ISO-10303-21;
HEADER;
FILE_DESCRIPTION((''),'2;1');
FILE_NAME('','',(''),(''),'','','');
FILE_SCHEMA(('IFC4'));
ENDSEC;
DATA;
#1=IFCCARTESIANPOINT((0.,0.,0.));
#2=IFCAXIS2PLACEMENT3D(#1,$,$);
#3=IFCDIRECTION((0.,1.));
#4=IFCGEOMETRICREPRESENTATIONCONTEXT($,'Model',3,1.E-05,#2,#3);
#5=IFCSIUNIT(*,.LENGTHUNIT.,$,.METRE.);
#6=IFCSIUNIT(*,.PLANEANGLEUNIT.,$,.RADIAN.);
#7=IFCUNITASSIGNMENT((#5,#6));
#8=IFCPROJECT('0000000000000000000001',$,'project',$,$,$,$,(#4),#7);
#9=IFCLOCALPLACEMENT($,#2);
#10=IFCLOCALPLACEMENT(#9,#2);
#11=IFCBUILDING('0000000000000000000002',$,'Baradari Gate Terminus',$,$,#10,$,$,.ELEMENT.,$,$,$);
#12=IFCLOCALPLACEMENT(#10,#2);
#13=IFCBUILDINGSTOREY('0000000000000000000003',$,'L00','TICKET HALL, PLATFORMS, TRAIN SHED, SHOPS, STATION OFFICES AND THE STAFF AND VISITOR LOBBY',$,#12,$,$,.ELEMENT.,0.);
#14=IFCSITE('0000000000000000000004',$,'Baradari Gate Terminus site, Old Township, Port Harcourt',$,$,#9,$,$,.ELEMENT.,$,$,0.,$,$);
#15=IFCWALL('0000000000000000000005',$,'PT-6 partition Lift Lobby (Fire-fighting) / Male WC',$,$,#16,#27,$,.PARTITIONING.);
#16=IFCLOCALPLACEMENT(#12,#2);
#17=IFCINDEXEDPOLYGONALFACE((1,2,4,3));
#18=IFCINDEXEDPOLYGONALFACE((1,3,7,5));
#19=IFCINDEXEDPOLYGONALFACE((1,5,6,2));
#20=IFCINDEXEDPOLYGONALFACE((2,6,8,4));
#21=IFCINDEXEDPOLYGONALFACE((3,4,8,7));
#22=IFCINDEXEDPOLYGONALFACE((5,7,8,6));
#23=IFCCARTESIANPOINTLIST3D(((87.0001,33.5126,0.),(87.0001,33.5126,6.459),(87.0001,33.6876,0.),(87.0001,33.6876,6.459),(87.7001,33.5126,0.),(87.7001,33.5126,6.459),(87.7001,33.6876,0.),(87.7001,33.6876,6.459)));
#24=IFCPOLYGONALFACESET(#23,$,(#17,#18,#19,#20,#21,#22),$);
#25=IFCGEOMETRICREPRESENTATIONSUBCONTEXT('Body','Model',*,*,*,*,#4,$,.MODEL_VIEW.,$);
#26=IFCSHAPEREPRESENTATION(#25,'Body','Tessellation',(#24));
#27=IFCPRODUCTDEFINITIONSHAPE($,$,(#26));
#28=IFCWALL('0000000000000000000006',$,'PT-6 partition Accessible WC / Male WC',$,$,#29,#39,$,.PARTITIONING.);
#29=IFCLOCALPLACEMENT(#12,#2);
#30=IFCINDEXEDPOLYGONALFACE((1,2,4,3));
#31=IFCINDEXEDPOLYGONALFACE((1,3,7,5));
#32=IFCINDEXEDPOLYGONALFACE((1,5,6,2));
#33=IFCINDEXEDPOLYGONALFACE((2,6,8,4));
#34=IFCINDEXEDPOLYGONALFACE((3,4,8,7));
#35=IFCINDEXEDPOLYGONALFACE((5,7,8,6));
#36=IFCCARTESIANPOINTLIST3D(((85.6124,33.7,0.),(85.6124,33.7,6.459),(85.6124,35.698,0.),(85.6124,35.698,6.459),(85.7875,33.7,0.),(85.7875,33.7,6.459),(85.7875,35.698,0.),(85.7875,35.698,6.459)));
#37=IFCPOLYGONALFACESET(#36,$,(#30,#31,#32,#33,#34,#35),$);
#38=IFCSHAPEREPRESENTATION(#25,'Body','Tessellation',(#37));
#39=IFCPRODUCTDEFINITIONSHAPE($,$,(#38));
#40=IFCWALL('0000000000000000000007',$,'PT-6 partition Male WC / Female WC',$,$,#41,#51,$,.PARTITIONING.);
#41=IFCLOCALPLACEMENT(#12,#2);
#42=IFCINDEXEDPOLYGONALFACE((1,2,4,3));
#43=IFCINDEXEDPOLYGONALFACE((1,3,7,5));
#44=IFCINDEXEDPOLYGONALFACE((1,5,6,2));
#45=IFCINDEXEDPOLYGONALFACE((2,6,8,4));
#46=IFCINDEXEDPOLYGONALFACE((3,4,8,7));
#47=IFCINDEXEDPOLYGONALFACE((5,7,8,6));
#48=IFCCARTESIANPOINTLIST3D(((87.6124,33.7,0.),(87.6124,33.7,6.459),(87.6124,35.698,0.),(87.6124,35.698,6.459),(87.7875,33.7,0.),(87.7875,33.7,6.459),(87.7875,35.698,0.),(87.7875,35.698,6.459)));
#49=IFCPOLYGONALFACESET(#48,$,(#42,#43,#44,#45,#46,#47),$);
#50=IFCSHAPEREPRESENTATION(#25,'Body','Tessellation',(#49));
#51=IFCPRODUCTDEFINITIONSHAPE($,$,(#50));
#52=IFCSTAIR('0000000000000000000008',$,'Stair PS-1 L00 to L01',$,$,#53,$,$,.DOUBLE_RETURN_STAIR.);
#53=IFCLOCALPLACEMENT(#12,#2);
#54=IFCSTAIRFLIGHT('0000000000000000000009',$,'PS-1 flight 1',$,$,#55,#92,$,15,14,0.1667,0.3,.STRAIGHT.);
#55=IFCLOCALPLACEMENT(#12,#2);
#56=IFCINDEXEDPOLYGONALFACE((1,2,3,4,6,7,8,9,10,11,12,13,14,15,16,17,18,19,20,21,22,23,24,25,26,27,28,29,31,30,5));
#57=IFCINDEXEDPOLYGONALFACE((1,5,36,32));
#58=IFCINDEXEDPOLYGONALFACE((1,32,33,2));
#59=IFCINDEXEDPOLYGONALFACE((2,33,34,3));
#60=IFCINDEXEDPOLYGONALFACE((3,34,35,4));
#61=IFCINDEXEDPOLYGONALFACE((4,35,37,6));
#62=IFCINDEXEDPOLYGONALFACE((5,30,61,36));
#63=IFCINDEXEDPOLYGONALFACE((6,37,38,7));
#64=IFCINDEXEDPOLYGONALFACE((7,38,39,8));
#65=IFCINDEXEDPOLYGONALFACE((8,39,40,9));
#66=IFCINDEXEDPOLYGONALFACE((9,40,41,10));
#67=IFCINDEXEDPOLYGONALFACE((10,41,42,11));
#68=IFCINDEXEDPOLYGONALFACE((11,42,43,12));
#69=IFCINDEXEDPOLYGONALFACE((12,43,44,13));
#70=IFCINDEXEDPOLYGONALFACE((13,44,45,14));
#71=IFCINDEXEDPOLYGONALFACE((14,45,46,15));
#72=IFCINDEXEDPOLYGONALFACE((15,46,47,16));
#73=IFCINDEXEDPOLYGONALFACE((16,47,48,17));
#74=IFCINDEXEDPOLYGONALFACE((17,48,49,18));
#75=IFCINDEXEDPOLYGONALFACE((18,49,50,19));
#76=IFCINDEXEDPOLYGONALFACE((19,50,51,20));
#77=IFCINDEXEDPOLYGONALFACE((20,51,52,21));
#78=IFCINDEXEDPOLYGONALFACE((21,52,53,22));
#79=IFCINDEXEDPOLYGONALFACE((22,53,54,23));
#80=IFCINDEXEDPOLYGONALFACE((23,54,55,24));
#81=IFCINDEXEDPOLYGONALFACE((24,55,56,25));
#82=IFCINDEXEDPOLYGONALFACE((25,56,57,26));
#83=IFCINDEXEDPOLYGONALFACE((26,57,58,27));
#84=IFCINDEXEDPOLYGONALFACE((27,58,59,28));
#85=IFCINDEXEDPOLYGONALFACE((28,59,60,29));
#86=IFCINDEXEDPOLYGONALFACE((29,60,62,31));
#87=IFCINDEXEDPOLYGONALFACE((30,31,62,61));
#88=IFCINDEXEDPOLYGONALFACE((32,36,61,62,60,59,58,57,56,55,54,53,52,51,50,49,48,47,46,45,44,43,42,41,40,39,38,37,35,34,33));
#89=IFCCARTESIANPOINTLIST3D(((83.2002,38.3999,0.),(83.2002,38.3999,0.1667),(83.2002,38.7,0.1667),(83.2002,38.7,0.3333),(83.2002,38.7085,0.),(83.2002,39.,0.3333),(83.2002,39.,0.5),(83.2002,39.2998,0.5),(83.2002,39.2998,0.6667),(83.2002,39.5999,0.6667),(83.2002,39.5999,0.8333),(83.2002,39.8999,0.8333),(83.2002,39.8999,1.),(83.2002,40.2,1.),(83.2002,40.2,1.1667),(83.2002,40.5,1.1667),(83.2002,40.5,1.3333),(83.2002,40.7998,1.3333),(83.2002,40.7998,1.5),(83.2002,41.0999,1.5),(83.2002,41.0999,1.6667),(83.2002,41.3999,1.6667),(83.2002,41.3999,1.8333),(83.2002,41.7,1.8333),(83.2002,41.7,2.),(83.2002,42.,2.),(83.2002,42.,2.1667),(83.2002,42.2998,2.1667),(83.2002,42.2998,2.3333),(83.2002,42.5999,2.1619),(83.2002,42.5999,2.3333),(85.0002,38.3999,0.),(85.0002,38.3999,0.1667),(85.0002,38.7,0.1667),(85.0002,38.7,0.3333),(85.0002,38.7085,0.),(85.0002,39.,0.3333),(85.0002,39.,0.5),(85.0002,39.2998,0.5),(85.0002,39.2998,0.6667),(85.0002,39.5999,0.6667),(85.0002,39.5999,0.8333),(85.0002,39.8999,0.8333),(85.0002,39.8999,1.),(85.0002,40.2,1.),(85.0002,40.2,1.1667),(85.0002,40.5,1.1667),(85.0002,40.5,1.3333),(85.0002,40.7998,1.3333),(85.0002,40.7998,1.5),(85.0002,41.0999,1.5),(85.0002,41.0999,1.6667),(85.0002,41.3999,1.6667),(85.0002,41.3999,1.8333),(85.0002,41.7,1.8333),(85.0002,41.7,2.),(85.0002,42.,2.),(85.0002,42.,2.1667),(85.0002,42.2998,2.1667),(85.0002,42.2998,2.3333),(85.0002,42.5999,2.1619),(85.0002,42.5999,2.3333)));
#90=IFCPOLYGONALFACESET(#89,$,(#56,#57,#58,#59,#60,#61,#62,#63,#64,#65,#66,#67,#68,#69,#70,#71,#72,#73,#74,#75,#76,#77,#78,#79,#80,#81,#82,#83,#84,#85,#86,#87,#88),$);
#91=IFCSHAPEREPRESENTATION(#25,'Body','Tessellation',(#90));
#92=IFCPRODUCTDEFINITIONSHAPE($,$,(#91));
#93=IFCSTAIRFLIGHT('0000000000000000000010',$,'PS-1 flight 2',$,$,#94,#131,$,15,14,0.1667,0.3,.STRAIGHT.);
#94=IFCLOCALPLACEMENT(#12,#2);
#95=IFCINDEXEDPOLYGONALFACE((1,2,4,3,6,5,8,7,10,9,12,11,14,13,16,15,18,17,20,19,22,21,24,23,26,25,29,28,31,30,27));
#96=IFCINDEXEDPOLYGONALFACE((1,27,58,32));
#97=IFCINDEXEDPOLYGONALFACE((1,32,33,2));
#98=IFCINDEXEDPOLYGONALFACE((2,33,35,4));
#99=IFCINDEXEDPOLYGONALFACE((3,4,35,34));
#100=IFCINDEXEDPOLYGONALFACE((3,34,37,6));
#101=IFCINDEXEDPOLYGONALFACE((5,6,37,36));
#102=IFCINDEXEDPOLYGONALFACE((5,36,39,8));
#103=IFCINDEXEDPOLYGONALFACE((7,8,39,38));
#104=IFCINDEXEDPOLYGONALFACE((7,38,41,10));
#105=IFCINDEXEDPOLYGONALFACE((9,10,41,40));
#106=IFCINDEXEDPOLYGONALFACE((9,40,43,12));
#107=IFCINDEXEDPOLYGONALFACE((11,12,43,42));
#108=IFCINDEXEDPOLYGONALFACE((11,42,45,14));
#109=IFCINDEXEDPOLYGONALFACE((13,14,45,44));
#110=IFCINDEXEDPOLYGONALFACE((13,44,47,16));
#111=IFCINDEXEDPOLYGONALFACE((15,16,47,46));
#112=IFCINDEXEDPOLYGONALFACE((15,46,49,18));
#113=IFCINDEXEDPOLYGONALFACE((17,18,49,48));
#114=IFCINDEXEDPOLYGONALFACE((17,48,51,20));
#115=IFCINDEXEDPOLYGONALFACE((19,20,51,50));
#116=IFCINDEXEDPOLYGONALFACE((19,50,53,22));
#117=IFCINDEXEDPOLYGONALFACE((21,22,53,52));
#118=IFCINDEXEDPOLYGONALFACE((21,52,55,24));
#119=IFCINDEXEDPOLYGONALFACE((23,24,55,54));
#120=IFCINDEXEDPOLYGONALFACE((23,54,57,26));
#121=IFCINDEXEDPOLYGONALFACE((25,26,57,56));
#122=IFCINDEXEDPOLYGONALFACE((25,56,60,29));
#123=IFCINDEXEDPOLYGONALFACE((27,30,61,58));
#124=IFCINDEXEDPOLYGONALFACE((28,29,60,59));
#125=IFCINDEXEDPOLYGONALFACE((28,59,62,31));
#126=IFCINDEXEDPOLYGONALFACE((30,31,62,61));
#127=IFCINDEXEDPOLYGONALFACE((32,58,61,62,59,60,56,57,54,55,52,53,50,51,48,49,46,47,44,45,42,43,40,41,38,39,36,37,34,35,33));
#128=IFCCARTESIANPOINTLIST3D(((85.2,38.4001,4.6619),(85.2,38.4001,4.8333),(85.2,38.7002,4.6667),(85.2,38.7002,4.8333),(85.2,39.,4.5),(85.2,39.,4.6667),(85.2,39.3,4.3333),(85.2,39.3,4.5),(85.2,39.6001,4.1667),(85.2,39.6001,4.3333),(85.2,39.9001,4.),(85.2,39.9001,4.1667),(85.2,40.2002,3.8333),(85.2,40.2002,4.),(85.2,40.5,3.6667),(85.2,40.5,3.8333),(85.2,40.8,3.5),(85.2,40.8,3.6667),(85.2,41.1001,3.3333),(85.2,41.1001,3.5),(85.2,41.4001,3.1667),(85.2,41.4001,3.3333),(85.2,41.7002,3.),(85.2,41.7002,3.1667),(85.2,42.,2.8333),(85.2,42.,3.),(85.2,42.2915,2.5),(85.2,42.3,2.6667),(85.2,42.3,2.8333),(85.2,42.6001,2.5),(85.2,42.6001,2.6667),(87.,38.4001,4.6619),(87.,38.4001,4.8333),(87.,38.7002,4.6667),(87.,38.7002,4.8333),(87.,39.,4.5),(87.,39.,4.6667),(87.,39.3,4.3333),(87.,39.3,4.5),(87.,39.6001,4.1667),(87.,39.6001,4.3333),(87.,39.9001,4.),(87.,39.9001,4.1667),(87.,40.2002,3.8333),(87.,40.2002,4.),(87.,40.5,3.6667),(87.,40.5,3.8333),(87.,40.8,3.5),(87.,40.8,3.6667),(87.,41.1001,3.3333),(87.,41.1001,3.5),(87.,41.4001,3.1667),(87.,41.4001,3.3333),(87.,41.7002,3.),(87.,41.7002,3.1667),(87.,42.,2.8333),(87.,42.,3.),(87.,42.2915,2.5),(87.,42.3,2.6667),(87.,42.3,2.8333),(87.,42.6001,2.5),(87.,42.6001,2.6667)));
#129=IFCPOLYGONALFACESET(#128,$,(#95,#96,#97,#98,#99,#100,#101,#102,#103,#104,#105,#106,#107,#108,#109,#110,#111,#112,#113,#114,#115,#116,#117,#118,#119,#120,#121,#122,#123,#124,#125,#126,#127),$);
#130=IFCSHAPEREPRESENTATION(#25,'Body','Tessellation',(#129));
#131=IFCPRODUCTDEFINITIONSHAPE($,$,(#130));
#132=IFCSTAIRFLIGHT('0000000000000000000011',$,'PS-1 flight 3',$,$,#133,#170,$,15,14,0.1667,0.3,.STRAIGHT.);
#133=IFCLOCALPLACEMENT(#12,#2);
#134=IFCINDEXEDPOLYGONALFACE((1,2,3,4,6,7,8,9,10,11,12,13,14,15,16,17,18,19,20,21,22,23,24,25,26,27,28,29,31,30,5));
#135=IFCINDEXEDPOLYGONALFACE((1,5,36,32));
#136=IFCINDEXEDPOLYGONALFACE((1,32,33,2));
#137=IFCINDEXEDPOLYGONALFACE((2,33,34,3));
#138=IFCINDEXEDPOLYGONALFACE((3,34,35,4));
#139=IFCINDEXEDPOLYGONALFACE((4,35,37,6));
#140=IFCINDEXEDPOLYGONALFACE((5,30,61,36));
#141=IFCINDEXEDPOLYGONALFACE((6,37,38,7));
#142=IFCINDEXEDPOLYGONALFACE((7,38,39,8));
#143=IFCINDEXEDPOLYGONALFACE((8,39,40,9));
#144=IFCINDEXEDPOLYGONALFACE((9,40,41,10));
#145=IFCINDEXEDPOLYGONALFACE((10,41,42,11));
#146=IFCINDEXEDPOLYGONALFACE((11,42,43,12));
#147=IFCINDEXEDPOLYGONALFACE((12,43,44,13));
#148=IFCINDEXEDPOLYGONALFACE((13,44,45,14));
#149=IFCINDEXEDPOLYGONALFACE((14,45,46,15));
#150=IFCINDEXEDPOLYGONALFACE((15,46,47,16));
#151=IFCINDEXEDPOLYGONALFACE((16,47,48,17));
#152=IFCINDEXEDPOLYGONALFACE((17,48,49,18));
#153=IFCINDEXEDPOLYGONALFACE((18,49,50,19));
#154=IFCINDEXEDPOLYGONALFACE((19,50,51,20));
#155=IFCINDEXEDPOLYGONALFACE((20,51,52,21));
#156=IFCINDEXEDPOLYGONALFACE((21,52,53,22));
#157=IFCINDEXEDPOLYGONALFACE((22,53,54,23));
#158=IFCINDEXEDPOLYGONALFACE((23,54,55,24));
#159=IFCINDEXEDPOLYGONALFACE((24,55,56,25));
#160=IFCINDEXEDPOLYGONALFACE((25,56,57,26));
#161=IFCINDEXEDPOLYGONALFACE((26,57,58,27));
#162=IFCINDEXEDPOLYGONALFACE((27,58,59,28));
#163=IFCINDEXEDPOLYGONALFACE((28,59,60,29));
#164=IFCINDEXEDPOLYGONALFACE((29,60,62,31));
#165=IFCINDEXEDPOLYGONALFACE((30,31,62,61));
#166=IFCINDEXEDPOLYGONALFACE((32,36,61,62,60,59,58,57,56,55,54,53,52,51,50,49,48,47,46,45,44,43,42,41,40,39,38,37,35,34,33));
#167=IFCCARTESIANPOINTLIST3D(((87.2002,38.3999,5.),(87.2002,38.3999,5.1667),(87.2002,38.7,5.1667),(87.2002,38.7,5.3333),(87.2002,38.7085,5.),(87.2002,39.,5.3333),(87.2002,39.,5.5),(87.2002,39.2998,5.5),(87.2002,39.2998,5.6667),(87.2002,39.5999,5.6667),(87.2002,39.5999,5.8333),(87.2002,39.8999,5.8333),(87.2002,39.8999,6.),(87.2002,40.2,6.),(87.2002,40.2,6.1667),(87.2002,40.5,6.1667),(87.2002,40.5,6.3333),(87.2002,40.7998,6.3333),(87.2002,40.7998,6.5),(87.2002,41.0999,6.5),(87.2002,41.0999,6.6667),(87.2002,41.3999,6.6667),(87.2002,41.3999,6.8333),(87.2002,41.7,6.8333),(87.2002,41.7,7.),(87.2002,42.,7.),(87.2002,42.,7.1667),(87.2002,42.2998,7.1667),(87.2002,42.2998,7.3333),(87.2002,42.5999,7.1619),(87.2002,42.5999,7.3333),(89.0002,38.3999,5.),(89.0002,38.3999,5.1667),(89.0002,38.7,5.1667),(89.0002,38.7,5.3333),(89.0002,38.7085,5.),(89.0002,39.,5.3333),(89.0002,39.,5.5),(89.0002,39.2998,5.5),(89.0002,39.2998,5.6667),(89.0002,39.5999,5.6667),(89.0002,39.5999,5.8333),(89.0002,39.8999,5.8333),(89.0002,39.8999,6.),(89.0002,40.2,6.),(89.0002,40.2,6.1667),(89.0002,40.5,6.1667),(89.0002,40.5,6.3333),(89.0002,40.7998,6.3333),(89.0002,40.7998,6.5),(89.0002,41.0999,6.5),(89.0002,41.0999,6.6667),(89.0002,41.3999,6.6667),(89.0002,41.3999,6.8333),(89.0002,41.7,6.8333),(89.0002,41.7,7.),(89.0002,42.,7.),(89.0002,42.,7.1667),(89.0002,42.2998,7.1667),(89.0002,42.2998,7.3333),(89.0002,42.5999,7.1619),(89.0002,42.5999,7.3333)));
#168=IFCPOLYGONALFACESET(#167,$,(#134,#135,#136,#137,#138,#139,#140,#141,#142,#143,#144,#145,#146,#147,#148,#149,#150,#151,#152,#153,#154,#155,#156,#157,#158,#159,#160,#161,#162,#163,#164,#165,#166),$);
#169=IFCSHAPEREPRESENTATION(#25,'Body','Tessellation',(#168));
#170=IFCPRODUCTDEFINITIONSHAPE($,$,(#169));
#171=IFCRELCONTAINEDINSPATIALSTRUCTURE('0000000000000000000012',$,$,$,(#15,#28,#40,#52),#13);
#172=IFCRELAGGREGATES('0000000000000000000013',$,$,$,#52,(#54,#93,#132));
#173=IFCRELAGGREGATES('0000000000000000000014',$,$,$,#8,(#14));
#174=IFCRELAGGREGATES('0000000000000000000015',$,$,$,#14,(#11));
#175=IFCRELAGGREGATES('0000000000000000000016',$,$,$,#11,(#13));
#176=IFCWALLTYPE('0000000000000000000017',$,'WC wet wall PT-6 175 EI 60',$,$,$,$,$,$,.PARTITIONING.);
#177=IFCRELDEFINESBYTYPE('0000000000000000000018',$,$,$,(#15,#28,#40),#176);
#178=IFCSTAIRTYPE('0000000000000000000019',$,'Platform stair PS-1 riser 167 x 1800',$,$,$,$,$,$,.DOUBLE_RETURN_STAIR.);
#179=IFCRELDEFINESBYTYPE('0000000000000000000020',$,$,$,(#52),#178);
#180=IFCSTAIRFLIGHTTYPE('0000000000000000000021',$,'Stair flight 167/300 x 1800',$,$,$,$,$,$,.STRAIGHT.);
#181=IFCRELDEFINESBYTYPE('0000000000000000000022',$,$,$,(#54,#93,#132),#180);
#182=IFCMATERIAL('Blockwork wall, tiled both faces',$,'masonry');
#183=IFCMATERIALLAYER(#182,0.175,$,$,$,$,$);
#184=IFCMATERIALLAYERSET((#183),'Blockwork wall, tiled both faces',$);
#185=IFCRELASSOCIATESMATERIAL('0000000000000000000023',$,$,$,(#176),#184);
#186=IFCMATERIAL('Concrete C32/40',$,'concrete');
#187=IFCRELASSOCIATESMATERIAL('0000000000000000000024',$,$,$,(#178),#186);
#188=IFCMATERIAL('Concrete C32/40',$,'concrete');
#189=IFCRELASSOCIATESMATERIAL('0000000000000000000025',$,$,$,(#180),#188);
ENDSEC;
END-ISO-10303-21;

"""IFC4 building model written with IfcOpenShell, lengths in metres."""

from ifc_helpers import new_model, si_unit, direction, frame, frame_2d, origin, place, context, subcontext, project, spatial, polyline, rectangle, outline, extrude, material, layer, layer_set, type_object, element, aggregate, save


model = new_model("IFC4")

# Units and contexts
model_context = context("Model", 3, precision=1e-05, world=origin(), true_north=direction((0.0, 1.0)))
body_context = subcontext(model_context, "Body", "Model", "MODEL_VIEW")
ifc_project = project(units=[si_unit("LENGTHUNIT", "METRE"), si_unit("PLANEANGLEUNIT", "RADIAN")], contexts=[model_context])

# Site, building, storey
site_placement = place(None, origin())
site = spatial("IfcSite", under=ifc_project, at=site_placement, Name="Baradari Gate Terminus site, Old Township, Port Harcourt", CompositionType="ELEMENT", RefElevation=0.0)
building_placement = place(site_placement, origin())
building = spatial("IfcBuilding", under=site, at=building_placement, Name="Baradari Gate Terminus", CompositionType="ELEMENT")
storey_placement = place(building_placement, origin())
storey = spatial("IfcBuildingStorey", under=building, at=storey_placement, Name="L00", Description="TICKET HALL, PLATFORMS, TRAIN SHED, SHOPS, STATION OFFICES AND THE STAFF AND VISITOR LOBBY", CompositionType="ELEMENT", Elevation=0.0)

# Shared definitions
ifc_material_1 = material(Name="Blockwork wall, tiled both faces", Category="masonry")
ifc_layer_1 = layer(ifc_material_1, 0.175)
ifc_layer_set_1 = layer_set([ifc_layer_1], Name="Blockwork wall, tiled both faces")
wall_type_1 = type_object("IfcWallType", Name="WC wet wall PT-6 175 EI 60", PredefinedType="PARTITIONING", material=ifc_layer_set_1)

# Walls
wall_1_placement = place(storey_placement, frame((87.0, 33.6001, 0.0), z_axis=(0.0, 0.0, 1.0), x_axis=(1.0, 0.0, 0.0)))
element("IfcWall", 1, at=wall_1_placement, inside=storey, type_object=wall_type_1, Name="PT-6 partition Lift Lobby (Fire-fighting) / Male WC", PredefinedType="PARTITIONING", context=body_context, shape_type="SweptSolid", body=[
    extrude(rectangle(XDim=0.7, YDim=0.175, at=frame_2d((0.3501, 0.0))), origin(), (0.0, 0.0, 1.0), 6.459),
])
for number, where, z_axis, x_axis, name in (
    (2, (85.7, 35.698, 0.0), (0.0, 0.0, 1.0), (0.0, -1.0, 0.0), "PT-6 partition Accessible WC / Male WC"),
    (3, (87.7, 35.698, 0.0), (0.0, 0.0, 1.0), (0.0, -1.0, 0.0), "PT-6 partition Male WC / Female WC"),
):
    element("IfcWall", number, at=place(storey_placement, frame(where, z_axis=z_axis, x_axis=x_axis)), inside=storey, type_object=wall_type_1, Name=name, PredefinedType="PARTITIONING", context=body_context, shape_type="SweptSolid", body=[
        extrude(rectangle(XDim=1.998, YDim=0.175, at=frame_2d((0.999, 0.0))), origin(), (0.0, 0.0, 1.0), 6.459),
    ])

# Stair, stair flights
ifc_material_2 = material(Name="Concrete C32/40", Category="concrete")
stair_type = type_object("IfcStairType", Name="Platform stair PS-1 riser 167 x 1800", PredefinedType="DOUBLE_RETURN_STAIR", material=ifc_material_2)
stair_placement = place(storey_placement, origin())
stair = element("IfcStair", 4, at=stair_placement, inside=storey, type_object=stair_type, Name="Stair PS-1 L00 to L01", PredefinedType="DOUBLE_RETURN_STAIR")
ifc_material_3 = material(Name="Concrete C32/40", Category="concrete")
stair_flight_type = type_object("IfcStairFlightType", Name="Stair flight 167/300 x 1800", PredefinedType="STRAIGHT", material=ifc_material_3)
stair_flight_1_placement = place(storey_placement, frame((84.1001, 38.3999, 0.0), z_axis=(0.0, 0.0, 1.0), x_axis=(0.0, 1.0, 0.0)))
stair_flight_1 = element("IfcStairFlight", 5, at=stair_flight_1_placement, type_object=stair_flight_type, Name="PS-1 flight 1", NumberOfRisers=15, NumberOfTreads=14, PredefinedType="STRAIGHT", RiserHeight=0.1667, TreadLength=0.3, context=body_context, shape_type="SweptSolid", body=[
    extrude(outline(polyline([(0.0, 0.0), (0.0, 0.1667), (0.3, 0.1667), (0.3, 0.3333), (0.6001, 0.3333), (0.6001, 0.5), (0.8999, 0.5), (0.8999, 0.6667), (1.2, 0.6667), (1.2, 0.8333), (1.5, 0.8333), (1.5, 1.0), (1.8, 1.0), (1.8, 1.1667), (2.1001, 1.1667), (2.1001, 1.3333), (2.3999, 1.3333), (2.3999, 1.5), (2.7, 1.5), (2.7, 1.6667), (3.0, 1.6667), (3.0, 1.8333), (3.3, 1.8333), (3.3, 2.0), (3.6001, 2.0), (3.6001, 2.1667), (3.8999, 2.1667), (3.8999, 2.3333), (4.2, 2.3333), (4.2, 2.5), (4.2, 2.1619), (0.3086, 0.0), (0.0, 0.0)])), frame((0.0, 0.8999, 0.0), z_axis=(0.0, -1.0, 0.0), x_axis=(1.0, 0.0, 0.0)), (0.0, 0.0, 1.0), 1.8),
])
stair_flight_2_placement = place(storey_placement, frame((86.1001, 42.6001, 2.5), z_axis=(0.0, 0.0, 1.0), x_axis=(0.0, -1.0, 0.0)))
stair_flight_2 = element("IfcStairFlight", 6, at=stair_flight_2_placement, type_object=stair_flight_type, Name="PS-1 flight 2", NumberOfRisers=15, NumberOfTreads=14, PredefinedType="STRAIGHT", RiserHeight=0.1667, TreadLength=0.3, context=body_context, shape_type="SweptSolid", body=[
    extrude(outline(polyline([(0.0, 0.0), (0.0, 0.1667), (0.3, 0.1667), (0.3, 0.3333), (0.6001, 0.3333), (0.6001, 0.5), (0.8999, 0.5), (0.8999, 0.6667), (1.2, 0.6667), (1.2, 0.8333), (1.5, 0.8333), (1.5, 1.0), (1.8, 1.0), (1.8, 1.1667), (2.1001, 1.1667), (2.1001, 1.3333), (2.3999, 1.3333), (2.3999, 1.5), (2.7, 1.5), (2.7, 1.6667), (3.0, 1.6667), (3.0, 1.8333), (3.3, 1.8333), (3.3, 2.0), (3.6001, 2.0), (3.6001, 2.1667), (3.8999, 2.1667), (3.8999, 2.3333), (4.2, 2.3333), (4.2, 2.5), (4.2, 2.1619), (0.3086, 0.0), (0.0, 0.0)])), frame((0.0, 0.8999, 0.0), z_axis=(0.0, -1.0, 0.0), x_axis=(1.0, 0.0, 0.0)), (0.0, 0.0, 1.0), 1.8),
])
stair_flight_3_placement = place(storey_placement, frame((88.1001, 38.3999, 5.0), z_axis=(0.0, 0.0, 1.0), x_axis=(0.0, 1.0, 0.0)))
stair_flight_3 = element("IfcStairFlight", 7, at=stair_flight_3_placement, type_object=stair_flight_type, Name="PS-1 flight 3", NumberOfRisers=15, NumberOfTreads=14, PredefinedType="STRAIGHT", RiserHeight=0.1667, TreadLength=0.3, context=body_context, shape_type="SweptSolid", body=[
    extrude(outline(polyline([(0.0, 0.0), (0.0, 0.1667), (0.3, 0.1667), (0.3, 0.3333), (0.6001, 0.3333), (0.6001, 0.5), (0.8999, 0.5), (0.8999, 0.6667), (1.2, 0.6667), (1.2, 0.8333), (1.5, 0.8333), (1.5, 1.0), (1.8, 1.0), (1.8, 1.1667), (2.1001, 1.1667), (2.1001, 1.3333), (2.3999, 1.3333), (2.3999, 1.5), (2.7, 1.5), (2.7, 1.6667), (3.0, 1.6667), (3.0, 1.8333), (3.3, 1.8333), (3.3, 2.0), (3.6001, 2.0), (3.6001, 2.1667), (3.8999, 2.1667), (3.8999, 2.3333), (4.2, 2.3333), (4.2, 2.5), (4.2, 2.1619), (0.3086, 0.0), (0.0, 0.0)])), frame((0.0, 0.8999, 0.0), z_axis=(0.0, -1.0, 0.0), x_axis=(1.0, 0.0, 0.0)), (0.0, 0.0, 1.0), 1.8),
])
aggregate(stair, [stair_flight_1, stair_flight_2, stair_flight_3])

save(model, "model.ifc")
